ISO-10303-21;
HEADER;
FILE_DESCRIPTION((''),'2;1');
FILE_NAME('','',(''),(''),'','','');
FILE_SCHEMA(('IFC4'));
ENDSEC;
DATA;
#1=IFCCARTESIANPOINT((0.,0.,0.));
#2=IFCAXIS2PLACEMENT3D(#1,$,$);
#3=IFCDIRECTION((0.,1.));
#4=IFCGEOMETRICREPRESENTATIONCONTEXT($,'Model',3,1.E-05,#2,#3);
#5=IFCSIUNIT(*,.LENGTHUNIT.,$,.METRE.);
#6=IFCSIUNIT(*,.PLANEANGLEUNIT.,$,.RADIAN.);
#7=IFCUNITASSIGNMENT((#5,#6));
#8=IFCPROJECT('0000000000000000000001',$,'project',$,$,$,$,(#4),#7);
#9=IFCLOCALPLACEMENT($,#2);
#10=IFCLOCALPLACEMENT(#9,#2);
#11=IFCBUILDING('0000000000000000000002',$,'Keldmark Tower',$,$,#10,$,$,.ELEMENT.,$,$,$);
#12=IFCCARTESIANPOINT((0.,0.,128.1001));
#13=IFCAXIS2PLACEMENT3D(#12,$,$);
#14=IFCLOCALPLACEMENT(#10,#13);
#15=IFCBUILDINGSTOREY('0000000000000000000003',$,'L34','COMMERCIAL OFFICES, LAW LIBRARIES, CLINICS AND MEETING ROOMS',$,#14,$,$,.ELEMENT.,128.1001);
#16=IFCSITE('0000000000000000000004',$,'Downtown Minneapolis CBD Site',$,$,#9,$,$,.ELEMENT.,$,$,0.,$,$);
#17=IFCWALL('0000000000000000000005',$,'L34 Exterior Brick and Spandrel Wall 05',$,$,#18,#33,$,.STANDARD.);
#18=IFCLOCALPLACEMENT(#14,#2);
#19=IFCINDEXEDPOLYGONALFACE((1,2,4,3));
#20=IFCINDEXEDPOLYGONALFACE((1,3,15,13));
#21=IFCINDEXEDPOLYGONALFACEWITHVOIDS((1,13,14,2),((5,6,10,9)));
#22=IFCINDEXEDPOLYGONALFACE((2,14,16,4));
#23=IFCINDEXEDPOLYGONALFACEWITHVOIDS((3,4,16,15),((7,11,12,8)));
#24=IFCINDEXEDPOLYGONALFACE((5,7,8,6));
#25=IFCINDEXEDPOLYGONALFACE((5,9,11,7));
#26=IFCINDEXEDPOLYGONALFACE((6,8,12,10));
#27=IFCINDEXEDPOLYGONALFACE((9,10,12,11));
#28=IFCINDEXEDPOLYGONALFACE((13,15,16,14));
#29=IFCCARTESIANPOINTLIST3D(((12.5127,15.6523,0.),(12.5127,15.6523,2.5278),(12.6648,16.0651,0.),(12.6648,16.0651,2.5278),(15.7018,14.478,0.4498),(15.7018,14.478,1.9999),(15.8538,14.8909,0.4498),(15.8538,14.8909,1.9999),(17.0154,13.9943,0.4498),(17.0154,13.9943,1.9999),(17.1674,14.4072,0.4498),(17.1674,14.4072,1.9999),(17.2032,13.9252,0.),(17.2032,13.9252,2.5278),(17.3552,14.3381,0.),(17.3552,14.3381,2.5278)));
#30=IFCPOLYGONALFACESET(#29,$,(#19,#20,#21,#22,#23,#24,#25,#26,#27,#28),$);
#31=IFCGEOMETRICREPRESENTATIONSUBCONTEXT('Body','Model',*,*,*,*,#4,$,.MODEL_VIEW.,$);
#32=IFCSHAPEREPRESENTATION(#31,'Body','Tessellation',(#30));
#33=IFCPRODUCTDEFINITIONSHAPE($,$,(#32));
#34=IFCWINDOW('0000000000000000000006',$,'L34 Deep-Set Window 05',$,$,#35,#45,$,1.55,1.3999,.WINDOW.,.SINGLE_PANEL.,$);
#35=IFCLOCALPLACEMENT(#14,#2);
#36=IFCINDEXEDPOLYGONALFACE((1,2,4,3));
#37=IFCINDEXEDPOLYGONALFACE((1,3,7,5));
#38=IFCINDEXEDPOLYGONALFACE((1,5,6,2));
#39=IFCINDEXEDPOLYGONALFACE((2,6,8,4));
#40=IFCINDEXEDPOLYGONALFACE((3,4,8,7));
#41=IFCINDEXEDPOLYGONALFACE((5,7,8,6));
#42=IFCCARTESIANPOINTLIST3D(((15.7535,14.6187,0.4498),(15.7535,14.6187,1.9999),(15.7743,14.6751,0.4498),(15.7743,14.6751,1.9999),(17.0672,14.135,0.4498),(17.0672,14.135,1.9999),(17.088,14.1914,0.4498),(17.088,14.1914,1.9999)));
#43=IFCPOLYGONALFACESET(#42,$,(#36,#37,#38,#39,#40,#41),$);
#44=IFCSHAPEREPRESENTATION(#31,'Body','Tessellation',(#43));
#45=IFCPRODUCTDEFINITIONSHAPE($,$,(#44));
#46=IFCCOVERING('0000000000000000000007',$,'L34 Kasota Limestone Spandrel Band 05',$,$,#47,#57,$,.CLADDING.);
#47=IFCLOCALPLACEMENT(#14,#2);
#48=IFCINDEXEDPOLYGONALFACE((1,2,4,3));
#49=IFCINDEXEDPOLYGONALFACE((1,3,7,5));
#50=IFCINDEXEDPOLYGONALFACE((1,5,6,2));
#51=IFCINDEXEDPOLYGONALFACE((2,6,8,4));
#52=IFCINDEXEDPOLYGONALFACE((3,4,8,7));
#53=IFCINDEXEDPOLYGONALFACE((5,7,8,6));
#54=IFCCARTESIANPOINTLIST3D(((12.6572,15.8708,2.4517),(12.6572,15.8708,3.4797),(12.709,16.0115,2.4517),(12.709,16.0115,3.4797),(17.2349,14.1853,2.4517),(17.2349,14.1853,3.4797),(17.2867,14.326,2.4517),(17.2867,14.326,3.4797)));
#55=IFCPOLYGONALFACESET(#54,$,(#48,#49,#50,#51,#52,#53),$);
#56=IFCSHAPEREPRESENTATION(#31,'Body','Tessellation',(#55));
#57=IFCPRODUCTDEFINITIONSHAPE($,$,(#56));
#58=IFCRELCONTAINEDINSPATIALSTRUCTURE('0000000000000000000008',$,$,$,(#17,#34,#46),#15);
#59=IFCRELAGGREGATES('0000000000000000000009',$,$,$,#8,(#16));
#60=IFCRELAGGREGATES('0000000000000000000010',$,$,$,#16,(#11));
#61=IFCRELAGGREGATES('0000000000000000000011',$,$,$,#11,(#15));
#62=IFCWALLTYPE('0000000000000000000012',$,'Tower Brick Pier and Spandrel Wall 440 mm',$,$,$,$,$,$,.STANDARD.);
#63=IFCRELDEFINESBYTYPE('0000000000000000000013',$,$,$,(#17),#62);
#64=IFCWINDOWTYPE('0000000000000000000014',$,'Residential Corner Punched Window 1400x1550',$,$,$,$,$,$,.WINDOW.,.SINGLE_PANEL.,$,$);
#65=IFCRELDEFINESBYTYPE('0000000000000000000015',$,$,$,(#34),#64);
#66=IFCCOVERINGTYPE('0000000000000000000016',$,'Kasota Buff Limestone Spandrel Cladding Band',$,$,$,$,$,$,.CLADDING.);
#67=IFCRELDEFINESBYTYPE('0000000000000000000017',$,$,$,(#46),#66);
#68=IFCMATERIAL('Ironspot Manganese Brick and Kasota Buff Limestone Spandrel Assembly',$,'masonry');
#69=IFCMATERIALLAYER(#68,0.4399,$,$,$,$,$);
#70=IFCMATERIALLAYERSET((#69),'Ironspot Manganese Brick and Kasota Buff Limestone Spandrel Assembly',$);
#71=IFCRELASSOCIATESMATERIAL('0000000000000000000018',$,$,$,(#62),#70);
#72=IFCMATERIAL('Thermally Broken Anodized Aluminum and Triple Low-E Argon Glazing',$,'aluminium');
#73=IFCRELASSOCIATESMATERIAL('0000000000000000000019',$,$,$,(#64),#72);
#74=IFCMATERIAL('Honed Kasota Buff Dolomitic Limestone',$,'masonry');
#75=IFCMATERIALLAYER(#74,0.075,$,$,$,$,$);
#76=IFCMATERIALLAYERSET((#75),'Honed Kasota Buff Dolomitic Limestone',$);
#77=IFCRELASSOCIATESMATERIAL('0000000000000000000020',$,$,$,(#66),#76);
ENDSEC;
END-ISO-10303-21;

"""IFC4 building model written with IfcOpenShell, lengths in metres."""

from ifc_helpers import new_model, si_unit, direction, frame, frame_2d, origin, origin_2d, place, context, subcontext, project, spatial, rectangle, extrude, material, layer, layer_set, type_object, element, fill, save


model = new_model("IFC4")

# Units and contexts
model_context = context("Model", 3, precision=1e-05, world=origin(), true_north=direction((0.0, 1.0)))
body_context = subcontext(model_context, "Body", "Model", "MODEL_VIEW")
ifc_project = project(units=[si_unit("LENGTHUNIT", "METRE"), si_unit("PLANEANGLEUNIT", "RADIAN")], contexts=[model_context])

# Site, building, storey
site_placement = place(None, origin())
site = spatial("IfcSite", under=ifc_project, at=site_placement, Name="Downtown Minneapolis CBD Site", CompositionType="ELEMENT", RefElevation=0.0)
building_placement = place(site_placement, origin())
building = spatial("IfcBuilding", under=site, at=building_placement, Name="Keldmark Tower", CompositionType="ELEMENT")
storey_placement = place(building_placement, frame((0.0, 0.0, 128.1001)))
storey = spatial("IfcBuildingStorey", under=building, at=storey_placement, Name="L34", Description="COMMERCIAL OFFICES, LAW LIBRARIES, CLINICS AND MEETING ROOMS", CompositionType="ELEMENT", Elevation=128.1001)

# Shared definitions
ifc_material_1 = material(Name="Ironspot Manganese Brick and Kasota Buff Limestone Spandrel Assembly", Category="masonry")
ifc_layer_1 = layer(ifc_material_1, 0.4399)
ifc_layer_set_1 = layer_set([ifc_layer_1], Name="Ironspot Manganese Brick and Kasota Buff Limestone Spandrel Assembly")
wall_type_1 = type_object("IfcWallType", Name="Tower Brick Pier and Spandrel Wall 440 mm", PredefinedType="STANDARD", material=ifc_layer_set_1)

# Wall, opening, window
wall_1_placement = place(storey_placement, frame((12.5889, 15.8586, 0.0), z_axis=(0.0, 0.0, 1.0), x_axis=(0.938408, -0.345529, 0.0)))
wall_1 = element("IfcWall", 1, at=wall_1_placement, inside=storey, type_object=wall_type_1, Name="L34 Exterior Brick and Spandrel Wall 05", PredefinedType="STANDARD", context=body_context, shape_type="SweptSolid", body=[
    extrude(rectangle(XDim=4.9983, YDim=0.4399, at=frame_2d((2.499, 0.0))), origin(), (0.0, 0.0, 1.0), 2.5278),
])
opening_1_placement = place(wall_1_placement, frame((3.3982, 0.0, 0.45)))
opening_1 = element("IfcOpeningElement", 2, at=opening_1_placement, cuts=wall_1, PredefinedType="OPENING", context=body_context, shape_type="SweptSolid", body=[
    extrude(rectangle(XDim=1.3999, YDim=1.55, at=frame_2d((0.7, 0.7749))), frame((0.0, 0.23, 0.0), z_axis=(0.0, -1.0, 0.0), x_axis=(1.0, 0.0, 0.0)), (0.0, 0.0, 1.0), 0.46),
])
ifc_material_2 = material(Name="Thermally Broken Anodized Aluminum and Triple Low-E Argon Glazing", Category="aluminium")
window_type_1 = type_object("IfcWindowType", Name="Residential Corner Punched Window 1400x1550", PartitioningType="SINGLE_PANEL", PredefinedType="WINDOW", material=ifc_material_2)
window_1_placement = place(opening_1_placement, origin())
window_1 = element("IfcWindow", 3, at=window_1_placement, inside=storey, type_object=window_type_1, Name="L34 Deep-Set Window 05", OverallHeight=1.55, OverallWidth=1.3999, PartitioningType="SINGLE_PANEL", PredefinedType="WINDOW", context=body_context, shape_type="SweptSolid", body=[
    extrude(rectangle(XDim=1.3999, YDim=1.55, at=frame_2d((0.7, 0.7749))), frame((0.0, -0.01, 0.0), z_axis=(0.0, -1.0, 0.0), x_axis=(1.0, 0.0, 0.0)), (0.0, 0.0, 1.0), 0.0601),
])
fill(opening_1, window_1)

# Covering
ifc_material_3 = material(Name="Honed Kasota Buff Dolomitic Limestone", Category="masonry")
ifc_layer_2 = layer(ifc_material_3, 0.075)
ifc_layer_set_2 = layer_set([ifc_layer_2], Name="Honed Kasota Buff Dolomitic Limestone")
covering_type = type_object("IfcCoveringType", Name="Kasota Buff Limestone Spandrel Cladding Band", PredefinedType="CLADDING", material=ifc_layer_set_2)
covering_placement = place(storey_placement, frame((14.9719, 15.0984, 2.4517), z_axis=(0.0, 0.0, 1.0), x_axis=(-0.938409, 0.345528, 0.0)))
element("IfcCovering", 4, at=covering_placement, inside=storey, type_object=covering_type, Name="L34 Kasota Limestone Spandrel Band 05", PredefinedType="CLADDING", context=body_context, shape_type="SweptSolid", body=[
    extrude(rectangle(XDim=4.8782, YDim=0.1499, at=origin_2d()), origin(), (0.0, 0.0, 1.0), 1.0281),
])

save(model, "model.ifc")
